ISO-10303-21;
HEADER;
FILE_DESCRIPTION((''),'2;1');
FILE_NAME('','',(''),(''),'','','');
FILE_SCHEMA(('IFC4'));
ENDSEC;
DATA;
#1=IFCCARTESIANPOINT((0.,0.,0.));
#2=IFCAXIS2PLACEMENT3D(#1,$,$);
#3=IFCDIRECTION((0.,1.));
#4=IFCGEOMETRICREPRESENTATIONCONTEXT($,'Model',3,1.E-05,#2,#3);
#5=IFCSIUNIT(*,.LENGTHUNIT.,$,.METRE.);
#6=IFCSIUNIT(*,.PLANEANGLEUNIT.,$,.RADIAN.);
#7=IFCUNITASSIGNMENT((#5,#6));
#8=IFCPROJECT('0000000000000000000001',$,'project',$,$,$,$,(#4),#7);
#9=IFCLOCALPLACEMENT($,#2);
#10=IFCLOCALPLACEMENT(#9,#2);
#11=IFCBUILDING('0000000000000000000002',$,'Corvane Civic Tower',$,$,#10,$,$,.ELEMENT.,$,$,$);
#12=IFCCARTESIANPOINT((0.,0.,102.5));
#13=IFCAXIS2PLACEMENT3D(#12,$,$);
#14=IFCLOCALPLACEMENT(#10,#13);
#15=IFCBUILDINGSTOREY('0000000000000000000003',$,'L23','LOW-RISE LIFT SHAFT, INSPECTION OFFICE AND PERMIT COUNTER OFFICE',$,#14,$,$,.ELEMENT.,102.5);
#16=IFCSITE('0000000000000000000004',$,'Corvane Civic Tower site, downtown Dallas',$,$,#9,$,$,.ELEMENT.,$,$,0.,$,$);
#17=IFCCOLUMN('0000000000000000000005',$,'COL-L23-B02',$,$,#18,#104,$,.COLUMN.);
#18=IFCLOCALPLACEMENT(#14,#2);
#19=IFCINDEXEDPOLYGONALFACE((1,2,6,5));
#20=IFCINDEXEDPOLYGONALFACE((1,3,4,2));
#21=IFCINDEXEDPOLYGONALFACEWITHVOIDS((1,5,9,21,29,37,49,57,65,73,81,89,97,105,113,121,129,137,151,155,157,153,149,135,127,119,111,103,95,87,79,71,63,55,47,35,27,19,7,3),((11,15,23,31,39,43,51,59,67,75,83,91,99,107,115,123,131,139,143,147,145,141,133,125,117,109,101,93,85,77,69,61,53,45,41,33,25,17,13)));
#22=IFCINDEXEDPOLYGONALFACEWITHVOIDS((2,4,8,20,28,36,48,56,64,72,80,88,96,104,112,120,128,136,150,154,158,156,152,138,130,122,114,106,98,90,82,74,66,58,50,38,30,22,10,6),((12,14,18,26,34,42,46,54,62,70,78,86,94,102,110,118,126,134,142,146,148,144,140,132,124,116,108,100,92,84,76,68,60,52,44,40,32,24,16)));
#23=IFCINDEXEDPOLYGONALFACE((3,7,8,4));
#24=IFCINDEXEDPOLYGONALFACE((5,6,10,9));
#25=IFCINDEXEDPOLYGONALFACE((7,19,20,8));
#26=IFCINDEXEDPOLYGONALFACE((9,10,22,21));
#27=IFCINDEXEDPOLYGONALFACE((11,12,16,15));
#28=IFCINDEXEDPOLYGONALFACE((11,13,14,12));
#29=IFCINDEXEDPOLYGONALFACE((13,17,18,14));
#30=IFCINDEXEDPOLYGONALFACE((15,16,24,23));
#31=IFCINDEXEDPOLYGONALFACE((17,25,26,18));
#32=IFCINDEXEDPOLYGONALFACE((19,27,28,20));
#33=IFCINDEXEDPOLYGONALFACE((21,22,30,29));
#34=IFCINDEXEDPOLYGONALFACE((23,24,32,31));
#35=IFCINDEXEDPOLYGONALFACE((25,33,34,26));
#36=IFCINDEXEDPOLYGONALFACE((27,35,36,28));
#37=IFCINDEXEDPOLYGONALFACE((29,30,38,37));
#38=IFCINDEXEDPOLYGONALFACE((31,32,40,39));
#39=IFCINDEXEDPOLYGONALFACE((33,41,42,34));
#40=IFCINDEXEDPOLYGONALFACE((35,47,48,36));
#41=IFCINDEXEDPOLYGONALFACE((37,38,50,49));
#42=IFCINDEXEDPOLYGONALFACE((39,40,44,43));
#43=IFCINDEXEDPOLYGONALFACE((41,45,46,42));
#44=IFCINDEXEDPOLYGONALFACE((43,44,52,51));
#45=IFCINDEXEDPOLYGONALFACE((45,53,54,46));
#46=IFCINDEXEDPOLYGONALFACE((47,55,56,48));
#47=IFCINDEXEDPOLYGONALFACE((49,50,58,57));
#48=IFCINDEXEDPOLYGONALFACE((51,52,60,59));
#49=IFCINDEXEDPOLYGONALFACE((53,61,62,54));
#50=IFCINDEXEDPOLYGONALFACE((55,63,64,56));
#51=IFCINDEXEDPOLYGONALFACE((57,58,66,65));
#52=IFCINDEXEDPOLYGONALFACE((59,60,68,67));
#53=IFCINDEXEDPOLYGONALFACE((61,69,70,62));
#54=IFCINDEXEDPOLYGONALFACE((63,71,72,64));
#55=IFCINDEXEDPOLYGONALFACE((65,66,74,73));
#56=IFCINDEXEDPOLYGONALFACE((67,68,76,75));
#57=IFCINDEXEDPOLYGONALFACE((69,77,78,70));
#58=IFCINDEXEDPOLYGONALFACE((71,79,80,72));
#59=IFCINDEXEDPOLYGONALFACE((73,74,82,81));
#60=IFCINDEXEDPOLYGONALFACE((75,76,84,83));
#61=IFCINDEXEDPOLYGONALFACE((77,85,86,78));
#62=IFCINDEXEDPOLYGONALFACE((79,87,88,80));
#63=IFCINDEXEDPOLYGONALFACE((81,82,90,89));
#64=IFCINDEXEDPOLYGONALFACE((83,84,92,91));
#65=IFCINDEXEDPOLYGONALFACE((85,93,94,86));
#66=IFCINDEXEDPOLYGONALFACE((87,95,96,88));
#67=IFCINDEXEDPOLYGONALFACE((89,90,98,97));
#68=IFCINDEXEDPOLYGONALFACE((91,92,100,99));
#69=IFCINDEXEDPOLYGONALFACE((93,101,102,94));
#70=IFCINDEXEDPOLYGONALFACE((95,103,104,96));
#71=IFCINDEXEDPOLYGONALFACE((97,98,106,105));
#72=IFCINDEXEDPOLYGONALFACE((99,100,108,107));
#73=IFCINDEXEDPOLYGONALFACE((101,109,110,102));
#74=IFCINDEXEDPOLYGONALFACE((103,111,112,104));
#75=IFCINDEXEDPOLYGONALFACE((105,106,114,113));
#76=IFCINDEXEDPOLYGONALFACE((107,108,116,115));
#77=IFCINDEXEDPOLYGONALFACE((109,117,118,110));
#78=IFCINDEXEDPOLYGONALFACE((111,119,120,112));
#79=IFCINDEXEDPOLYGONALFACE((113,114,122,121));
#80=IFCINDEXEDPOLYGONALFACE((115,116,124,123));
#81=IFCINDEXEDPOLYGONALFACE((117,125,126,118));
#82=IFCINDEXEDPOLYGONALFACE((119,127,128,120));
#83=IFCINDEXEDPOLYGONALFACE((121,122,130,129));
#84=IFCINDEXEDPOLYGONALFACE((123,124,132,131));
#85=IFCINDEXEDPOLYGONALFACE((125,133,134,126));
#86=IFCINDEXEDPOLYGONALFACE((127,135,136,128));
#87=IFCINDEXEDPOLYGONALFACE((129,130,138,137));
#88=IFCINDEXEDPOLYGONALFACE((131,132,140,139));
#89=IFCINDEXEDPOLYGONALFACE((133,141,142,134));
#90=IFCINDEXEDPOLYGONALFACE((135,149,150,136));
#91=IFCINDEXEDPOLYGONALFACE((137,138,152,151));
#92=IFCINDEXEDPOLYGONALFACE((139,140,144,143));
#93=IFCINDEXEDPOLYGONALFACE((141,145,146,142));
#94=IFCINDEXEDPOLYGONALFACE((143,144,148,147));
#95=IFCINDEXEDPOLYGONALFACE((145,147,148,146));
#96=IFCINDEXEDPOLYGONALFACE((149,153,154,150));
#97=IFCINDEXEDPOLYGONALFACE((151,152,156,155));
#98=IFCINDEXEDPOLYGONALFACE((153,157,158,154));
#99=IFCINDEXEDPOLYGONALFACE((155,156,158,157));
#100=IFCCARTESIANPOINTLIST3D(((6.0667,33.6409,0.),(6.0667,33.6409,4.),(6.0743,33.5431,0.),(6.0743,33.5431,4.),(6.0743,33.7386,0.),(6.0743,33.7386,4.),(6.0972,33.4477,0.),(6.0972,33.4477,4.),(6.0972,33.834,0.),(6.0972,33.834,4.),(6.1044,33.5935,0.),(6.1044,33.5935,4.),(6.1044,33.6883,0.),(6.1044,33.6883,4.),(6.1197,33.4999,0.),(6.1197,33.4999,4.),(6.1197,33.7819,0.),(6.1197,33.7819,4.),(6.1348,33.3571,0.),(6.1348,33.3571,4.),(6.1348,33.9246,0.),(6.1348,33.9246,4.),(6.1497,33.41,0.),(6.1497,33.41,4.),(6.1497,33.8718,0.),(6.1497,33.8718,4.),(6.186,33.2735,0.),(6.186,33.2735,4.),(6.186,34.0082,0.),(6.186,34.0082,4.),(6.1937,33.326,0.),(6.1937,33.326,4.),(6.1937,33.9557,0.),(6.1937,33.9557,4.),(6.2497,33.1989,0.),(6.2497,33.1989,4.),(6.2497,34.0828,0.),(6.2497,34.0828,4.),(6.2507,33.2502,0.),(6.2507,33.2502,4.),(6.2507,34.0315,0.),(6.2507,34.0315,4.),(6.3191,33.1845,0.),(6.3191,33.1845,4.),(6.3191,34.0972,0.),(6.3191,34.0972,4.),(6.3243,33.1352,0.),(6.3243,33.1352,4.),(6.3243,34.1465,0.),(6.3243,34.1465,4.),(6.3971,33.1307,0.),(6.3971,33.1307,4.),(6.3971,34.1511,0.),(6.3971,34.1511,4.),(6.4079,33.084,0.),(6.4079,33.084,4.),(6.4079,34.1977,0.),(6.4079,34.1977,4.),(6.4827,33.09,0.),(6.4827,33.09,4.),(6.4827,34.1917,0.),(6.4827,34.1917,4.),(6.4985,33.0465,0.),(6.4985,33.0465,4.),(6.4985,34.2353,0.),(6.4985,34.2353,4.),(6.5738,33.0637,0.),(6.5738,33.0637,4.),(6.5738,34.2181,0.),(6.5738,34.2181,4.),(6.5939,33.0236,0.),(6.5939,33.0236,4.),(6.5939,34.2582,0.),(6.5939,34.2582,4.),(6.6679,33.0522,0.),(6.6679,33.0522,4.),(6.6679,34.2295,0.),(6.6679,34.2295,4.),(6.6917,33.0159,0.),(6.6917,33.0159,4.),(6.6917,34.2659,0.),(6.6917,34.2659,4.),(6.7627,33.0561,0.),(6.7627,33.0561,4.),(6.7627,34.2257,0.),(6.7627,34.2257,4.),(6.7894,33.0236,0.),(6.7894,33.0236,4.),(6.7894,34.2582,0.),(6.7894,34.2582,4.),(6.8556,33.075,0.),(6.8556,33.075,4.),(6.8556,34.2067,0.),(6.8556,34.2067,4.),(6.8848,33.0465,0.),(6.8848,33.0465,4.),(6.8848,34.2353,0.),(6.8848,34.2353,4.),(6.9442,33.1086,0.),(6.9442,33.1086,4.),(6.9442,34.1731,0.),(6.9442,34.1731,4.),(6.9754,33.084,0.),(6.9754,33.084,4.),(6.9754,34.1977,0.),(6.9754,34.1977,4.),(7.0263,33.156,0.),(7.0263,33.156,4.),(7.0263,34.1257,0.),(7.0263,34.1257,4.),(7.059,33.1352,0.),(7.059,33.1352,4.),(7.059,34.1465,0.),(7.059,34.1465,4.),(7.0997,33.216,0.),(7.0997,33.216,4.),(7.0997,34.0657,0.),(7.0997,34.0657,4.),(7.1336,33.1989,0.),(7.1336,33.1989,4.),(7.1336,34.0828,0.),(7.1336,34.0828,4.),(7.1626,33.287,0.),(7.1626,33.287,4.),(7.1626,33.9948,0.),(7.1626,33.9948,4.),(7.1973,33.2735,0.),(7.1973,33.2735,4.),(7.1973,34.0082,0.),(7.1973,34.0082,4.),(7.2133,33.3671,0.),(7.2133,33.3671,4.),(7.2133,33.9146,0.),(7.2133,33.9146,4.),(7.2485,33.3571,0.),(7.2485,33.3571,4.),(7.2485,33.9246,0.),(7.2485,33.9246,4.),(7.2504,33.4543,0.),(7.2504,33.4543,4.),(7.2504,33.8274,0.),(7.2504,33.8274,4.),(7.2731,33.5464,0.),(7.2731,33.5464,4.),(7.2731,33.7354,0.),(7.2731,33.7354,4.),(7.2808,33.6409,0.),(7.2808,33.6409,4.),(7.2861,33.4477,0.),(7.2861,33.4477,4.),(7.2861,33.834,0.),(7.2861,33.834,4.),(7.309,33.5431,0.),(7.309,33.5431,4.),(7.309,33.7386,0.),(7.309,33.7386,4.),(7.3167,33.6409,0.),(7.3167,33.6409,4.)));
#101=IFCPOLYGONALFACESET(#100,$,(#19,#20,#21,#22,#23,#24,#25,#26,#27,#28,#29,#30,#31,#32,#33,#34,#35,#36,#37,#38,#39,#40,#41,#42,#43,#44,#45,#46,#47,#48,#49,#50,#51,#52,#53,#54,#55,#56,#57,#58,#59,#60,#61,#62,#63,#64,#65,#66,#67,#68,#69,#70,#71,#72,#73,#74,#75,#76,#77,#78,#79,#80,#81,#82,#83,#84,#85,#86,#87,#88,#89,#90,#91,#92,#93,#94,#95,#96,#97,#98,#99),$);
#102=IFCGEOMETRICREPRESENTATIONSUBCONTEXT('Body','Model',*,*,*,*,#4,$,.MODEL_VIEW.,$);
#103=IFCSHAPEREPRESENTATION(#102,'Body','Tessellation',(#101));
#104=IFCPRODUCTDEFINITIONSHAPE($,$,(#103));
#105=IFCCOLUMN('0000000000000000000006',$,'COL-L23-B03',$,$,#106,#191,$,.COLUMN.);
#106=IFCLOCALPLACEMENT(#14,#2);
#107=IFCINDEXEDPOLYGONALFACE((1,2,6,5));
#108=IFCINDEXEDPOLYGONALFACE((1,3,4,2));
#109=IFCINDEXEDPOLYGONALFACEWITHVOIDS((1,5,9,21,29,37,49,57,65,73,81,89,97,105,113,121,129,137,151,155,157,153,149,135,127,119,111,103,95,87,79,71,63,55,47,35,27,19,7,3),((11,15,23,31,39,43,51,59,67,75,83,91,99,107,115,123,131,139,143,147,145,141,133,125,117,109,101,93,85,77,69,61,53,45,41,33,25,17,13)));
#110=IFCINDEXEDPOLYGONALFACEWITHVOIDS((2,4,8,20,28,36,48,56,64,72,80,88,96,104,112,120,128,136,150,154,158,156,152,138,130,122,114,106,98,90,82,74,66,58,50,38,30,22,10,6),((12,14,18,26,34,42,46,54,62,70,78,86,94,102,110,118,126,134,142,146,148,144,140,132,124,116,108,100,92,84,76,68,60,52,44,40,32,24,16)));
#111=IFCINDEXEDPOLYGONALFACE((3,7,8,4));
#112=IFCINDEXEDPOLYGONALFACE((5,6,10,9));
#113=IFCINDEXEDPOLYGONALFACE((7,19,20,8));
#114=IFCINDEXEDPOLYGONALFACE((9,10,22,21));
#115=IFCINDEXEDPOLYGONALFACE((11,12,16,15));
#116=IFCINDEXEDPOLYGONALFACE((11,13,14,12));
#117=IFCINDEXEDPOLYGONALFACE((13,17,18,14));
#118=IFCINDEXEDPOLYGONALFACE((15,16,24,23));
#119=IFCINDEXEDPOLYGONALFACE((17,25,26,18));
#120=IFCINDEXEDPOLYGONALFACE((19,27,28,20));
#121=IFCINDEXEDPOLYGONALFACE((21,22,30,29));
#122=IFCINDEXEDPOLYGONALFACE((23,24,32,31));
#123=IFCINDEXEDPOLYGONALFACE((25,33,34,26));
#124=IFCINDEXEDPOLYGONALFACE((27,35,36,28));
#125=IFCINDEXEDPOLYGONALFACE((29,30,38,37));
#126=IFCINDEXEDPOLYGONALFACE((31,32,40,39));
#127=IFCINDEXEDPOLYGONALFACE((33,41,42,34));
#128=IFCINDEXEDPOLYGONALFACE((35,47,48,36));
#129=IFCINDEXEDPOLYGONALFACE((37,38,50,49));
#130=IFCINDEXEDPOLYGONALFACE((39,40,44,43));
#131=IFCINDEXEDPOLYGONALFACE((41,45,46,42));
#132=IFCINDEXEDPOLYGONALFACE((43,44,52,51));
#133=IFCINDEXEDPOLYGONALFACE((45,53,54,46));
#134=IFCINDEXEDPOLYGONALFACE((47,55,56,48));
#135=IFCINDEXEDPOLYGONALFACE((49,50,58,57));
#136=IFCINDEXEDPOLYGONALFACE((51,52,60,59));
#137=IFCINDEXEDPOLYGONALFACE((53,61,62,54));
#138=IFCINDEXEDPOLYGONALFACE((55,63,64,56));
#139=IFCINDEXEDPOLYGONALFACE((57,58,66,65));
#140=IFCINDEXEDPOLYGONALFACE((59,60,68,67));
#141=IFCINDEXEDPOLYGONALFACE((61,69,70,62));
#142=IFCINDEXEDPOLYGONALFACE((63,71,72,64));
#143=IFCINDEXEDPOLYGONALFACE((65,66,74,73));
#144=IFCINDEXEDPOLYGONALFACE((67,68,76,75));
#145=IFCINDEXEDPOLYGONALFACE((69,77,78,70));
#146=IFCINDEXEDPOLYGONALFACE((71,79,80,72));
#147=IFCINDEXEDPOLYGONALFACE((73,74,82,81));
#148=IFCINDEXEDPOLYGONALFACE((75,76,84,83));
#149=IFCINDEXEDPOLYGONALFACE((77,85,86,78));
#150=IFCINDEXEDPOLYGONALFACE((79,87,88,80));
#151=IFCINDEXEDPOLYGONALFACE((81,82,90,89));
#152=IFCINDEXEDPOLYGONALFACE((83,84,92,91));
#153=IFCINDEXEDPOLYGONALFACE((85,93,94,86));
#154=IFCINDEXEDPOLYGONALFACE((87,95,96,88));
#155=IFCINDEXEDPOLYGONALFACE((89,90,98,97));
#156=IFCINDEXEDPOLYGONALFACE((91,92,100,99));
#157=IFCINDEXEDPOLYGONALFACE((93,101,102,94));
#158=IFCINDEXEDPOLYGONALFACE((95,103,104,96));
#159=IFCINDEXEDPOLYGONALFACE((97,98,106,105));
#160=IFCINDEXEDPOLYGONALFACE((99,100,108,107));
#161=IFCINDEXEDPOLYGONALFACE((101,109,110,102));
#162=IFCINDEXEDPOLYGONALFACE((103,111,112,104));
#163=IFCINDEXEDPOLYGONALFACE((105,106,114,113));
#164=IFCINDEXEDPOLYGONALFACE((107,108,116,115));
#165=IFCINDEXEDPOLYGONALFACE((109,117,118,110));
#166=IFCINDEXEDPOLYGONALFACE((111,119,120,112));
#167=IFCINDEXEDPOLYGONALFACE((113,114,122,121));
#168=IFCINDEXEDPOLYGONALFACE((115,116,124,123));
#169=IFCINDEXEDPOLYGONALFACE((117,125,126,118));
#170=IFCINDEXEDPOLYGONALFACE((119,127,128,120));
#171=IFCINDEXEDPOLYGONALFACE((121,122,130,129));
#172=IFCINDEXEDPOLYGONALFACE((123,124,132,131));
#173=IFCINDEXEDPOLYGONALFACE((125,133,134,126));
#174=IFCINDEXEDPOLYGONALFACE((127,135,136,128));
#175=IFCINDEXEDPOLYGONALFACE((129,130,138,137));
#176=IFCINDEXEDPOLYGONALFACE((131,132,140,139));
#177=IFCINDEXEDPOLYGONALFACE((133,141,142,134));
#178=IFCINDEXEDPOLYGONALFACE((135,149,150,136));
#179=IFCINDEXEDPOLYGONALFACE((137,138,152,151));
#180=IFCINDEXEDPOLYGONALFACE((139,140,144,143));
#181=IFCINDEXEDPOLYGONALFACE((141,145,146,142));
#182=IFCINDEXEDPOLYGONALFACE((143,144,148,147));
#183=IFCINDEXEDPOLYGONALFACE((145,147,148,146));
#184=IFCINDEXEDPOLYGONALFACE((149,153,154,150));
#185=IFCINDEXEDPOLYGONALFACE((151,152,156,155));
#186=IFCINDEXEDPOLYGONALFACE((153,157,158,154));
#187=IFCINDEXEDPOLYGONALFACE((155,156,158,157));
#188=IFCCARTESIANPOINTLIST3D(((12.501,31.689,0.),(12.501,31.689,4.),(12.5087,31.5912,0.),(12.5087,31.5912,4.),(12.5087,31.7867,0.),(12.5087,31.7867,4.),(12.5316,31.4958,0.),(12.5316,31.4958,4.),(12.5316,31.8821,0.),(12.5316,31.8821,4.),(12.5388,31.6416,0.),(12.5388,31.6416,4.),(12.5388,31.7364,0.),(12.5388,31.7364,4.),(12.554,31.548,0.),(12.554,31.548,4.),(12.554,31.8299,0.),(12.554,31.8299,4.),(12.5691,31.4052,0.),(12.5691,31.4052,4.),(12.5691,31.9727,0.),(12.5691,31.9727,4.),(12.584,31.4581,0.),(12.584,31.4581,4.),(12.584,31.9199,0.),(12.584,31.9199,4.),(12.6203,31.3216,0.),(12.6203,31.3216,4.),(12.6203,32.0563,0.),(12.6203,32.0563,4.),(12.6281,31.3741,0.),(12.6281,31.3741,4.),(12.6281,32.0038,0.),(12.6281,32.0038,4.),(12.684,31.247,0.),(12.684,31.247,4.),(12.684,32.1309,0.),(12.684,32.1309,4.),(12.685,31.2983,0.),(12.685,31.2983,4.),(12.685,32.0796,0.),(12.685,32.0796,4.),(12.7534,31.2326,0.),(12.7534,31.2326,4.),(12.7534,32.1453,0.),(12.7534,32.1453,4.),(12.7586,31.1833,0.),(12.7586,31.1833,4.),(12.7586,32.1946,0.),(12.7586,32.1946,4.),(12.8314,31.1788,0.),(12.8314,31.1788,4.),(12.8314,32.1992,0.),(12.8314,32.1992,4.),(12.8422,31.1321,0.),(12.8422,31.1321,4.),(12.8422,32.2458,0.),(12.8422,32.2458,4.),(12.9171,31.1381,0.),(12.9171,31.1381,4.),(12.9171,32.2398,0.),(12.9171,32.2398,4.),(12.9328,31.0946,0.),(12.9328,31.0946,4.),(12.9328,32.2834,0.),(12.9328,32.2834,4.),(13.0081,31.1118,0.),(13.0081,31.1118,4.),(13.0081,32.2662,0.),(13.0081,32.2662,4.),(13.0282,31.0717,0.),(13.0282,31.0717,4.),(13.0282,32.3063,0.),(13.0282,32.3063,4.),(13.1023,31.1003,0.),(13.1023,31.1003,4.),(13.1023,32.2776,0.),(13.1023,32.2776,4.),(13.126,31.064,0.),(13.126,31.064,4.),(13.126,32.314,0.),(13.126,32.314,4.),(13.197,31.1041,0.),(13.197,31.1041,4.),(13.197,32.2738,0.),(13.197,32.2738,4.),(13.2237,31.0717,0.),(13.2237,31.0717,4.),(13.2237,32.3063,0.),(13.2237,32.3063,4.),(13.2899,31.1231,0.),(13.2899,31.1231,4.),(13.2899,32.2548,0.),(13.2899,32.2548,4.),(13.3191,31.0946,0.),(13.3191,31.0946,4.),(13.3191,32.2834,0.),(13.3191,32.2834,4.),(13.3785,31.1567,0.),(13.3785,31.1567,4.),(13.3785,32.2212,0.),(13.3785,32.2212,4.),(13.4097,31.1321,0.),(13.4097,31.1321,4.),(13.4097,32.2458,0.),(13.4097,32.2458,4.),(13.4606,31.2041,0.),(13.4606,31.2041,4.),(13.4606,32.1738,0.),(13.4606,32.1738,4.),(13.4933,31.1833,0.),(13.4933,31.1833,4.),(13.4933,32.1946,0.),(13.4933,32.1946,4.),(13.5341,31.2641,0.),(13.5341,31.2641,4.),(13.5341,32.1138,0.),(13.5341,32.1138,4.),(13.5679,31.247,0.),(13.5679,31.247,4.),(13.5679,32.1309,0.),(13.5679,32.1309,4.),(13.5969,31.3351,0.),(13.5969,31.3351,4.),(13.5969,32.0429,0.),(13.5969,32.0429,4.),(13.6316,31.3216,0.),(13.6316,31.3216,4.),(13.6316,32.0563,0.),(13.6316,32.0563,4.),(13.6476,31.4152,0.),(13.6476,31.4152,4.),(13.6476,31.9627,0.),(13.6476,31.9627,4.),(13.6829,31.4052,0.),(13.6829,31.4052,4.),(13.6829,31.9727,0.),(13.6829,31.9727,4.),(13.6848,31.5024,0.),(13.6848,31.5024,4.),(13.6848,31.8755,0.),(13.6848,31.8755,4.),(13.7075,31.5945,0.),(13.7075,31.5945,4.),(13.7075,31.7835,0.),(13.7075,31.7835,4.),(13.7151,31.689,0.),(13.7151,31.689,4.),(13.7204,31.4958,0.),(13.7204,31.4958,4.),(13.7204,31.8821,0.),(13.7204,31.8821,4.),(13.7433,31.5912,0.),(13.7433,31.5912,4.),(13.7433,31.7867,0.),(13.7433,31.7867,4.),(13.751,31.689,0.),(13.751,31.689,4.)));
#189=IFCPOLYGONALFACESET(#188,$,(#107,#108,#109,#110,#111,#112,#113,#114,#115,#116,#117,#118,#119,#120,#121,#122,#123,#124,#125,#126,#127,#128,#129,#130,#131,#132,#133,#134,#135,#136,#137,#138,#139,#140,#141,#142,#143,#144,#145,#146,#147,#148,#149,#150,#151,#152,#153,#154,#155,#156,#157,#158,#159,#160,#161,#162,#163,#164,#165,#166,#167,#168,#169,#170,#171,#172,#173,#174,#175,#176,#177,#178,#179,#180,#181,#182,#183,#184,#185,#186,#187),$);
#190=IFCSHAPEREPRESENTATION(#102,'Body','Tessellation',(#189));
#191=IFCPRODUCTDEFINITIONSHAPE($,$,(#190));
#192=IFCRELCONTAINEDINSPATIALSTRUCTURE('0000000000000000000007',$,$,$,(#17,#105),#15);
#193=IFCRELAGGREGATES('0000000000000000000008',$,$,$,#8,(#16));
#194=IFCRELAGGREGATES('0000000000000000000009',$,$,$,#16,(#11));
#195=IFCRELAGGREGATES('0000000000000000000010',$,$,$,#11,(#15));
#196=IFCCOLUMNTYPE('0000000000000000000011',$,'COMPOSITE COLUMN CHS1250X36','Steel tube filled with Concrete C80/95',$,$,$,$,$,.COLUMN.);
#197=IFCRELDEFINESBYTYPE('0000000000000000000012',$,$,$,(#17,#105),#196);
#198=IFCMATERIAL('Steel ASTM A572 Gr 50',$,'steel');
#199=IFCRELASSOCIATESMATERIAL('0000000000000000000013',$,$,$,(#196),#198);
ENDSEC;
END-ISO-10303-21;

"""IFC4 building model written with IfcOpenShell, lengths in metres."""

from ifc_helpers import new_model, si_unit, direction, frame, origin, origin_2d, place, context, subcontext, project, spatial, hollow_circle, extrude, material, material_profile, profile_set, type_object, element, save


model = new_model("IFC4")

# Units and contexts
model_context = context("Model", 3, precision=1e-05, world=origin(), true_north=direction((0.0, 1.0)))
body_context = subcontext(model_context, "Body", "Model", "MODEL_VIEW")
ifc_project = project(units=[si_unit("LENGTHUNIT", "METRE"), si_unit("PLANEANGLEUNIT", "RADIAN")], contexts=[model_context])

# Site, building, storey
site_placement = place(None, origin())
site = spatial("IfcSite", under=ifc_project, at=site_placement, Name="Corvane Civic Tower site, downtown Dallas", CompositionType="ELEMENT", RefElevation=0.0)
building_placement = place(site_placement, origin())
building = spatial("IfcBuilding", under=site, at=building_placement, Name="Corvane Civic Tower", CompositionType="ELEMENT")
storey_placement = place(building_placement, frame((0.0, 0.0, 102.5)))
storey = spatial("IfcBuildingStorey", under=building, at=storey_placement, Name="L23", Description="LOW-RISE LIFT SHAFT, INSPECTION OFFICE AND PERMIT COUNTER OFFICE", CompositionType="ELEMENT", Elevation=102.5)

# Columns
ifc_material_1 = material(Name="Steel ASTM A572 Gr 50", Category="steel")
ifc_material_profile_1 = material_profile(ifc_material_1, hollow_circle(Radius=0.625, WallThickness=0.0359, at=origin_2d()), Name="CHS1250X36")
ifc_profile_set_1 = profile_set([ifc_material_profile_1], Name="Steel ASTM A572 Gr 50")
column_type = type_object("IfcColumnType", Name="COMPOSITE COLUMN CHS1250X36", Description="Steel tube filled with Concrete C80/95", PredefinedType="COLUMN", material=ifc_profile_set_1)
for number, where, z_axis, x_axis, name in (
    (1, (6.6917, 33.6409, 0.0), (0.0, 0.0, 1.0), (1.0, 0.0, 0.0), "COL-L23-B02"),
    (2, (13.126, 31.689, 0.0), (0.0, 0.0, 1.0), (1.0, 0.0, 0.0), "COL-L23-B03"),
):
    element("IfcColumn", number, at=place(storey_placement, frame(where, z_axis=z_axis, x_axis=x_axis)), inside=storey, type_object=column_type, Name=name, PredefinedType="COLUMN", context=body_context, shape_type="SweptSolid", body=[
        extrude(hollow_circle(Radius=0.625, WallThickness=0.0359, at=origin_2d()), origin(), (0.0, 0.0, 1.0), 4.0),
    ])

save(model, "model.ifc")
